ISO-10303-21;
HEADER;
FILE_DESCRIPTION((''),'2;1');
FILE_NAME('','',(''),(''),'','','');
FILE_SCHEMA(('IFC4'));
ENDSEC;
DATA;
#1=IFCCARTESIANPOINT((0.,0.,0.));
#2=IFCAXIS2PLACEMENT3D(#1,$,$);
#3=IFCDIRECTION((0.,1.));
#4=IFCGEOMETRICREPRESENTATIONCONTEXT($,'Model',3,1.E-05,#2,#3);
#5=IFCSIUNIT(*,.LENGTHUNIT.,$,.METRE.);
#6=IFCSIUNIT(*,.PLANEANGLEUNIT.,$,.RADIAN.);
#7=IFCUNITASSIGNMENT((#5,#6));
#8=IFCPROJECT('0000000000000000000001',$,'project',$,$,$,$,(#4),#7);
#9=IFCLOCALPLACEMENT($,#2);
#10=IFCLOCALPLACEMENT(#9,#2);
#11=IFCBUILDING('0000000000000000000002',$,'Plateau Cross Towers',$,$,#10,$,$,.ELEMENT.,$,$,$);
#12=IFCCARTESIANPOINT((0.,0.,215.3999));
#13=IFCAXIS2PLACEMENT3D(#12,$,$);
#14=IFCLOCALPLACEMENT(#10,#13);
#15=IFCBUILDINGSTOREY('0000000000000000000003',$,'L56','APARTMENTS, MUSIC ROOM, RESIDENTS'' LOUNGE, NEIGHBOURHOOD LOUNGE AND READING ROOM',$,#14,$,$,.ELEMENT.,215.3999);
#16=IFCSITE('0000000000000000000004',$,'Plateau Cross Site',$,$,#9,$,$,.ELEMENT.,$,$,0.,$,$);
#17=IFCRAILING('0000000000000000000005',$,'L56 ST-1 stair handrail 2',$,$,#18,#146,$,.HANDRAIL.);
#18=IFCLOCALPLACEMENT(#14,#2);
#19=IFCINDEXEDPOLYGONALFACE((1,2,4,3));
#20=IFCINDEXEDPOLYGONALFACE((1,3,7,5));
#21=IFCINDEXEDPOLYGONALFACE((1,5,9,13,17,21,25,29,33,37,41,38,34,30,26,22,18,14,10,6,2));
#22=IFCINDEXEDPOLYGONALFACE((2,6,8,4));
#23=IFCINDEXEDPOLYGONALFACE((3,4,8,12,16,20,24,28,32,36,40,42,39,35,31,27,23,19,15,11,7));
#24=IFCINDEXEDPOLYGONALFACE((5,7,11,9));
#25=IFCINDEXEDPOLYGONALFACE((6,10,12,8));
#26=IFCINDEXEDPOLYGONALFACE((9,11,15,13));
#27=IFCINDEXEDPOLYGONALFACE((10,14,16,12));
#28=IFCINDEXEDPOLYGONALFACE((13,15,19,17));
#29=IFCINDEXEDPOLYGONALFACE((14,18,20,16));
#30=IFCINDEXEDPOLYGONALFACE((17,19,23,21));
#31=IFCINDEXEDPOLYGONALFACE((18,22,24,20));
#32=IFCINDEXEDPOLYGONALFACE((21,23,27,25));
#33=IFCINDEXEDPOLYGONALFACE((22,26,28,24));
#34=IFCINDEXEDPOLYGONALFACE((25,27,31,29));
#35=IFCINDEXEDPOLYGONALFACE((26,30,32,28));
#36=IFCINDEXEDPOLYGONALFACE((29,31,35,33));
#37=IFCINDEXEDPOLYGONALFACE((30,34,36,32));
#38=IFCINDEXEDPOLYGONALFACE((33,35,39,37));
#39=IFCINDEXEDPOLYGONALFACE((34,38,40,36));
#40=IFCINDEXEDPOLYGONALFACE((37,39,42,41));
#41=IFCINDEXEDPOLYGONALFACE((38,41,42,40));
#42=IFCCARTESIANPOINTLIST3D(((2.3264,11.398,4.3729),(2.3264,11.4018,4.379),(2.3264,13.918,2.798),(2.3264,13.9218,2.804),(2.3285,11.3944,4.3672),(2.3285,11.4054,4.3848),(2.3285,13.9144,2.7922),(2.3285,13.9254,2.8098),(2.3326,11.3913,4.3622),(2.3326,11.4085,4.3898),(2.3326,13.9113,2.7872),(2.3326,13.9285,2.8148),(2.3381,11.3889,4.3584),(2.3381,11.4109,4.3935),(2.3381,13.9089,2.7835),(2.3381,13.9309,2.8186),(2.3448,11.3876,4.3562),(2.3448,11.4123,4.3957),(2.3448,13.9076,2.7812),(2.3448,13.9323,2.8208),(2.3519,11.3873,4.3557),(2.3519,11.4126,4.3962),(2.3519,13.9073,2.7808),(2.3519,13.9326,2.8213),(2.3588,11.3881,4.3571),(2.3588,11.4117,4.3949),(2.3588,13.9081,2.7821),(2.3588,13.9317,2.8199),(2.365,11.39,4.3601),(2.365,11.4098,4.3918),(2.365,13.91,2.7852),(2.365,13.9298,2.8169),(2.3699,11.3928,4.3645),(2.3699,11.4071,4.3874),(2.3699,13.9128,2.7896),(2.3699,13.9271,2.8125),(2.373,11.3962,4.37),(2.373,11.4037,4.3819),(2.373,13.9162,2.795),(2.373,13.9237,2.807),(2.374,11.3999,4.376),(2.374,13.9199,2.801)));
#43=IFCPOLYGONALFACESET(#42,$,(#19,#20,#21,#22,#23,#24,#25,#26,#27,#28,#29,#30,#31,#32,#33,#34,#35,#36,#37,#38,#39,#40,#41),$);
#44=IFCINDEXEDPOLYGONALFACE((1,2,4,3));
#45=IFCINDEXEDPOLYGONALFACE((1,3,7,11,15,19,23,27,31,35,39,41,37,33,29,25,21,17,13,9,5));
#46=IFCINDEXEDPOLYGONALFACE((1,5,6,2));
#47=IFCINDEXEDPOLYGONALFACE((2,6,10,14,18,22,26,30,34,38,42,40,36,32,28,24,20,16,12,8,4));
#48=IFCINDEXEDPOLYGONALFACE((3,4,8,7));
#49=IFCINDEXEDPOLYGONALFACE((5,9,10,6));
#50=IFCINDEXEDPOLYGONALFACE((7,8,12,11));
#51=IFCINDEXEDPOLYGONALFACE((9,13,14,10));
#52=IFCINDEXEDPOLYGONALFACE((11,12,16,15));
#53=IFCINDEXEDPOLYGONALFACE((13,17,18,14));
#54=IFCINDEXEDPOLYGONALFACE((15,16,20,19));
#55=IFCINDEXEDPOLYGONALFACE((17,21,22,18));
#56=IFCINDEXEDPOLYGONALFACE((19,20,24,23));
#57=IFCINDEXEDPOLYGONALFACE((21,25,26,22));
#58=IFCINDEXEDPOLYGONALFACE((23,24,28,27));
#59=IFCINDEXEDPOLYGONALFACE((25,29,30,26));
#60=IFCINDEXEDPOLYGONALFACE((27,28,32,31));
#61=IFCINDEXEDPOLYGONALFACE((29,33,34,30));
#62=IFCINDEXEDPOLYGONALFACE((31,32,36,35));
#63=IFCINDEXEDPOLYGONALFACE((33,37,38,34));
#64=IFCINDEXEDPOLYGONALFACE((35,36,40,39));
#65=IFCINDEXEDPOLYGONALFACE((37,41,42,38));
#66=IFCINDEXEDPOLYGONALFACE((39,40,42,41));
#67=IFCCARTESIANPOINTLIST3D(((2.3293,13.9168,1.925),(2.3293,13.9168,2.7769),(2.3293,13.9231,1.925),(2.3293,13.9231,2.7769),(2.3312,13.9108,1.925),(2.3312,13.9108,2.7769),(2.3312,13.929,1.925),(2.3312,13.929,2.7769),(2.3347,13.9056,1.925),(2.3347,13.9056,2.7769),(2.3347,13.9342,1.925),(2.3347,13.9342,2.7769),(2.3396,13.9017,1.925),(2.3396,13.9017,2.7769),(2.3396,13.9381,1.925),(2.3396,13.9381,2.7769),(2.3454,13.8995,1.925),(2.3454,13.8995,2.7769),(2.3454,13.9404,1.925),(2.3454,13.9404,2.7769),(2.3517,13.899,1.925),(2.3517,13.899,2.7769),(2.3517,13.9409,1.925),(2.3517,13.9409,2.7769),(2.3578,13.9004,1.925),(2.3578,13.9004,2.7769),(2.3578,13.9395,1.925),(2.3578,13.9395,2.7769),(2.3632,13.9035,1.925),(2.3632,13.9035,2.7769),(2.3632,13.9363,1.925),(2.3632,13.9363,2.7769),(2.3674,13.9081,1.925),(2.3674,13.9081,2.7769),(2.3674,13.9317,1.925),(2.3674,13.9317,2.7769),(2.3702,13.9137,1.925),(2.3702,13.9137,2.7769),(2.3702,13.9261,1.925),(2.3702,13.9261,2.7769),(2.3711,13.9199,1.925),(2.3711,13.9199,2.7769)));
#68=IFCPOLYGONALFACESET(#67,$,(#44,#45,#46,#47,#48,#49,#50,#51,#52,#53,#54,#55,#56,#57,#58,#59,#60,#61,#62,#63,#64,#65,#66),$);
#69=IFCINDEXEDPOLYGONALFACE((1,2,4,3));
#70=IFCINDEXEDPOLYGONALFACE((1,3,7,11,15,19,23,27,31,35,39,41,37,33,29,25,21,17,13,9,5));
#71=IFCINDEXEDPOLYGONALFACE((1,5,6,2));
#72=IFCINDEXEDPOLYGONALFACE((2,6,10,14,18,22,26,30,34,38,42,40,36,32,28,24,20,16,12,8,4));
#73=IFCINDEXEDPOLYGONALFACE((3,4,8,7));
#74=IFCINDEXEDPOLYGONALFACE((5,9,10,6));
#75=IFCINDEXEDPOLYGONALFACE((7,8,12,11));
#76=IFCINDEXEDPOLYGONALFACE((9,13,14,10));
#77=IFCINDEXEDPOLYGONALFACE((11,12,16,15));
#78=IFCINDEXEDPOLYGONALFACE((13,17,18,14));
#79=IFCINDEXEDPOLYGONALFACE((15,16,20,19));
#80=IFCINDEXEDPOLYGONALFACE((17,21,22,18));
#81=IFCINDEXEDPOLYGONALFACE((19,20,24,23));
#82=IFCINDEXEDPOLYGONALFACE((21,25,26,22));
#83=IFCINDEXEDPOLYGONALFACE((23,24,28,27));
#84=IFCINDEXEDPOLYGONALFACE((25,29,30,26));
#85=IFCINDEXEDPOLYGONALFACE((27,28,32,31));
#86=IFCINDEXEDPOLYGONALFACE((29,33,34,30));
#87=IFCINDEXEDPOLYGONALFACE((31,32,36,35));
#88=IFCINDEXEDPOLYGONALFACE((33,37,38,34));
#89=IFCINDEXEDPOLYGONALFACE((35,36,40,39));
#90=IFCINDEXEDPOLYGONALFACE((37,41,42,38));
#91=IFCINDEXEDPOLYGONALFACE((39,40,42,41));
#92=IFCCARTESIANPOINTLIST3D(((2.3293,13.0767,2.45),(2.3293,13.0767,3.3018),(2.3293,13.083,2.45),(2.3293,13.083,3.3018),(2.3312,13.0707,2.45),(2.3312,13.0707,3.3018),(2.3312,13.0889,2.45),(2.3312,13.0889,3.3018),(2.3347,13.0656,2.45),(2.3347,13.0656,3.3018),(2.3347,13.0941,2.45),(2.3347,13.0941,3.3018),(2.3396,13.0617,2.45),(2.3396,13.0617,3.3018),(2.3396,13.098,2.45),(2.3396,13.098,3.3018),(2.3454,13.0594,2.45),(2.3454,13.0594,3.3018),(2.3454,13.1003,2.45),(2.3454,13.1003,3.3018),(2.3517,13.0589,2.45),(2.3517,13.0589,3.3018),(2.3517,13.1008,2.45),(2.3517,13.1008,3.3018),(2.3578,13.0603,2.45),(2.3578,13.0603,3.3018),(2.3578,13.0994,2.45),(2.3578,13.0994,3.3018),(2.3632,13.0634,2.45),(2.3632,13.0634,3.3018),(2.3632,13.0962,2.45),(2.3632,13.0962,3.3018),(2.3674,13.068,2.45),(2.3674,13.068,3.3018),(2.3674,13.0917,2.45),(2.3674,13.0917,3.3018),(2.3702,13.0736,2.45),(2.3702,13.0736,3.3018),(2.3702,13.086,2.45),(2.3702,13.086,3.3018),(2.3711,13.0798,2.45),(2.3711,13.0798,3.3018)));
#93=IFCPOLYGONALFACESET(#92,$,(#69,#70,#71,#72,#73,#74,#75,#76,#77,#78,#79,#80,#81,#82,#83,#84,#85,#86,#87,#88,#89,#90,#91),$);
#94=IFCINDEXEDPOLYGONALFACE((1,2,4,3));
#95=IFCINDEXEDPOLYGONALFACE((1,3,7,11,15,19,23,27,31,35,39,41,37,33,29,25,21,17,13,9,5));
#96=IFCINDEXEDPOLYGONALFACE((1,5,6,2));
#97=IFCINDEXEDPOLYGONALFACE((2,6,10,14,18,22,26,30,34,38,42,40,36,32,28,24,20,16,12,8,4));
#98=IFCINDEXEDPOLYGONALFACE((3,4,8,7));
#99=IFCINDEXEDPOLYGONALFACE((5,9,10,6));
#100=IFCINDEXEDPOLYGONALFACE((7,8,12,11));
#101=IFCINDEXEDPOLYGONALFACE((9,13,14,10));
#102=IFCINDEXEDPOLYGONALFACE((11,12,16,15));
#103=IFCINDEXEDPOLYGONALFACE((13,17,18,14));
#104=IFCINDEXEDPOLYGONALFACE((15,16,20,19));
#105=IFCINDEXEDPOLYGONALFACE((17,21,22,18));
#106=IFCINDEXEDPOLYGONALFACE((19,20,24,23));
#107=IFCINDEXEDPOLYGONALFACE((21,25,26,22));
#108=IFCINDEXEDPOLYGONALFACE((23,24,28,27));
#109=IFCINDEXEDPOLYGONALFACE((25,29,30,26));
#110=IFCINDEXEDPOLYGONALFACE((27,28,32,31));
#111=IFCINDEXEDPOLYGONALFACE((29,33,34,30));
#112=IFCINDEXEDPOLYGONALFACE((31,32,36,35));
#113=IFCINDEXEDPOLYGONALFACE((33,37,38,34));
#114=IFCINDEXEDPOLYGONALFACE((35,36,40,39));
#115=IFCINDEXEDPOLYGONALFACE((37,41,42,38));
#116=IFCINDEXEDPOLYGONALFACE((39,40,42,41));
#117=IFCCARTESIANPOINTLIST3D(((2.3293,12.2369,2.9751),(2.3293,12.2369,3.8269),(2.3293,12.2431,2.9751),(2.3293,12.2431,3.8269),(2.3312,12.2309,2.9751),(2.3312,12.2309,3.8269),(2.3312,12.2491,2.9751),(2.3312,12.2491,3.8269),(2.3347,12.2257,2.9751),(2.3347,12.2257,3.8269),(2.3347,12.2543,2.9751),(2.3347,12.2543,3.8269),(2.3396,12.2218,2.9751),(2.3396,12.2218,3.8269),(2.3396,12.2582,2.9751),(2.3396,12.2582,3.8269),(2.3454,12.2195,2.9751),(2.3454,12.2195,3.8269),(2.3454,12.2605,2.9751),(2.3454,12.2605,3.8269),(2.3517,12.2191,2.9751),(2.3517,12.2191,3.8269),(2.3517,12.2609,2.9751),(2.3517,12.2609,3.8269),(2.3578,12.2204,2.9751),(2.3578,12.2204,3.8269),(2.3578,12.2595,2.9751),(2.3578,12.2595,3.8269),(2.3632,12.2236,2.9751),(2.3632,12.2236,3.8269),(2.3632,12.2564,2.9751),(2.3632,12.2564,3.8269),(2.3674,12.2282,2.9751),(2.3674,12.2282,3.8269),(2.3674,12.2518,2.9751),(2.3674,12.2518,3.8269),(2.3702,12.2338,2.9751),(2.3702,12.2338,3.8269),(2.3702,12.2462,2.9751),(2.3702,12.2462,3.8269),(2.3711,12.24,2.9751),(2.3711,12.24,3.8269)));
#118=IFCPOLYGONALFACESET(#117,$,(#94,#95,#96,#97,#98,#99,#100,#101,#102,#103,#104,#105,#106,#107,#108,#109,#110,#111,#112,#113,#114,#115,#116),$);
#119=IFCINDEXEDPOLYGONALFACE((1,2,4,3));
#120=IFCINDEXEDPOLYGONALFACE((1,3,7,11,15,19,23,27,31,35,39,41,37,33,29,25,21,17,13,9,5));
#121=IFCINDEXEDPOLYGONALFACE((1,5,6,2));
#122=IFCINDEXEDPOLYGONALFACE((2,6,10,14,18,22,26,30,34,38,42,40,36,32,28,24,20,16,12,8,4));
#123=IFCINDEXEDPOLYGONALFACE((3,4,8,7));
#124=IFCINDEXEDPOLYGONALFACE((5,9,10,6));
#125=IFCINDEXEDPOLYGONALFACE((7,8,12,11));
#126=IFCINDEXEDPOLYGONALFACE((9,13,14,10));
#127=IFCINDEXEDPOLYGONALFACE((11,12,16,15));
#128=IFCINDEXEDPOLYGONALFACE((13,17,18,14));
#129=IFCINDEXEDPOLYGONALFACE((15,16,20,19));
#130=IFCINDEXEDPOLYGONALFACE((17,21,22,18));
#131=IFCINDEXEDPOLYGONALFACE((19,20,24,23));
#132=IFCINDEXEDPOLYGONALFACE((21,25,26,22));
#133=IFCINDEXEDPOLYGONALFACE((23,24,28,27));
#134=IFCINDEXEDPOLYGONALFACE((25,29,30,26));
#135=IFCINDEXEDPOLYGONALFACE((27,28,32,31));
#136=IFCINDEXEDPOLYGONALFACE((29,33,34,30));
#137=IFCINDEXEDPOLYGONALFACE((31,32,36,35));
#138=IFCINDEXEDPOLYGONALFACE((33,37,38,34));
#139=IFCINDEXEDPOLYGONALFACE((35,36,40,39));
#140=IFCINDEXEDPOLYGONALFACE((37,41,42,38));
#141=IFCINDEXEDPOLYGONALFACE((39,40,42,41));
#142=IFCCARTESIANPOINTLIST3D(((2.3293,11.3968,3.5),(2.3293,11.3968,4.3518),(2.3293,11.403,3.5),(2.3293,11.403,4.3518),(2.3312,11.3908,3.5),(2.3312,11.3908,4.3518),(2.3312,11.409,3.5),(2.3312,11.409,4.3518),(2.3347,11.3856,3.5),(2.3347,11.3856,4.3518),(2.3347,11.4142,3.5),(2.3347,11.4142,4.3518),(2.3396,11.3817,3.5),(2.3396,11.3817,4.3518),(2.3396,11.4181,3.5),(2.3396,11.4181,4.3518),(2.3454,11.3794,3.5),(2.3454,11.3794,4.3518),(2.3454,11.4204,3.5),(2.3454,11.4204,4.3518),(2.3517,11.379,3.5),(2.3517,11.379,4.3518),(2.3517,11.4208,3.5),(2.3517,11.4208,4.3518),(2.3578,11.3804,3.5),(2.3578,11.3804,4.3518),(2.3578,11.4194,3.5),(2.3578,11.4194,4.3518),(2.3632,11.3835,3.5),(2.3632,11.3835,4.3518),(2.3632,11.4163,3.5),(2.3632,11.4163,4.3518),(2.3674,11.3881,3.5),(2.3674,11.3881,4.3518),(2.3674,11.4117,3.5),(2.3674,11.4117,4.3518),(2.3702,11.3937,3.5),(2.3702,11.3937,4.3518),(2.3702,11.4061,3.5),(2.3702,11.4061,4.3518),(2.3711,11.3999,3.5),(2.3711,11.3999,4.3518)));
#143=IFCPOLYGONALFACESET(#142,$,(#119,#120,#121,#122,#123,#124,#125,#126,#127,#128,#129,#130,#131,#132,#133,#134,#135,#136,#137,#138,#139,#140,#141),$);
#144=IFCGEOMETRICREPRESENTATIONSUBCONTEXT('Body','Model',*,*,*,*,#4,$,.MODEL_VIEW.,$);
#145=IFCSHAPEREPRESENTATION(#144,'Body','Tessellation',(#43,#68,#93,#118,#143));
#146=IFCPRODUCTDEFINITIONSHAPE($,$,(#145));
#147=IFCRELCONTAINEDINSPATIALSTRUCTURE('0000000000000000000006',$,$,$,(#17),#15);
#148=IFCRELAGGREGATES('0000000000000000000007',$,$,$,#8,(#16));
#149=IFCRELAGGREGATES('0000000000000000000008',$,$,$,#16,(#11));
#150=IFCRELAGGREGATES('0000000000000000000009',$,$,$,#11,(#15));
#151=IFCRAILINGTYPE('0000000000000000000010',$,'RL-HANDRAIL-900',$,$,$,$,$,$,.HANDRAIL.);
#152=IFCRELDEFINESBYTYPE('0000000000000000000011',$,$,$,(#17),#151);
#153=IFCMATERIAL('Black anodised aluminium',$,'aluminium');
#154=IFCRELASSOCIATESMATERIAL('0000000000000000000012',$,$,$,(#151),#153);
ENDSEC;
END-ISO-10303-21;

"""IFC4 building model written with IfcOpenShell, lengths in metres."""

from ifc_helpers import new_model, si_unit, direction, frame, origin, origin_2d, place, context, subcontext, project, spatial, circle, extrude, material, type_object, element, save


model = new_model("IFC4")

# Units and contexts
model_context = context("Model", 3, precision=1e-05, world=origin(), true_north=direction((0.0, 1.0)))
body_context = subcontext(model_context, "Body", "Model", "MODEL_VIEW")
ifc_project = project(units=[si_unit("LENGTHUNIT", "METRE"), si_unit("PLANEANGLEUNIT", "RADIAN")], contexts=[model_context])

# Site, building, storey
site_placement = place(None, origin())
site = spatial("IfcSite", under=ifc_project, at=site_placement, Name="Plateau Cross Site", CompositionType="ELEMENT", RefElevation=0.0)
building_placement = place(site_placement, origin())
building = spatial("IfcBuilding", under=site, at=building_placement, Name="Plateau Cross Towers", CompositionType="ELEMENT")
storey_placement = place(building_placement, frame((0.0, 0.0, 215.3999)))
storey = spatial("IfcBuildingStorey", under=building, at=storey_placement, Name="L56", Description="APARTMENTS, MUSIC ROOM, RESIDENTS' LOUNGE, NEIGHBOURHOOD LOUNGE AND READING ROOM", CompositionType="ELEMENT", Elevation=215.3999)

# Shared definitions
ifc_material_1 = material(Name="Black anodised aluminium", Category="aluminium")

# Railing
railing_type = type_object("IfcRailingType", Name="RL-HANDRAIL-900", PredefinedType="HANDRAIL", material=ifc_material_1)
railing_placement = place(storey_placement, frame((2.3501, 13.9199, 1.925)))
element("IfcRailing", 1, at=railing_placement, inside=storey, type_object=railing_type, Name="L56 ST-1 stair handrail 2", PredefinedType="HANDRAIL", context=body_context, shape_type="SweptSolid", body=[
    extrude(circle(Radius=0.0239, at=origin_2d()), frame((0.0, 0.0, 0.876), z_axis=(0.0, -0.848008, 0.529984), x_axis=(1.0, 0.0, 0.0)), (0.0, 0.0, 1.0), 2.9717),
    extrude(circle(Radius=0.021, at=origin_2d()), origin(), (0.0, 0.0, 1.0), 0.8518),
    extrude(circle(Radius=0.021, at=origin_2d()), frame((0.0, -0.8401, 0.5249)), (0.0, 0.0, 1.0), 0.8518),
    extrude(circle(Radius=0.021, at=origin_2d()), frame((0.0, -1.6799, 1.05)), (0.0, 0.0, 1.0), 0.8518),
    extrude(circle(Radius=0.021, at=origin_2d()), frame((0.0, -2.52, 1.575)), (0.0, 0.0, 1.0), 0.8518),
])

save(model, "model.ifc")
